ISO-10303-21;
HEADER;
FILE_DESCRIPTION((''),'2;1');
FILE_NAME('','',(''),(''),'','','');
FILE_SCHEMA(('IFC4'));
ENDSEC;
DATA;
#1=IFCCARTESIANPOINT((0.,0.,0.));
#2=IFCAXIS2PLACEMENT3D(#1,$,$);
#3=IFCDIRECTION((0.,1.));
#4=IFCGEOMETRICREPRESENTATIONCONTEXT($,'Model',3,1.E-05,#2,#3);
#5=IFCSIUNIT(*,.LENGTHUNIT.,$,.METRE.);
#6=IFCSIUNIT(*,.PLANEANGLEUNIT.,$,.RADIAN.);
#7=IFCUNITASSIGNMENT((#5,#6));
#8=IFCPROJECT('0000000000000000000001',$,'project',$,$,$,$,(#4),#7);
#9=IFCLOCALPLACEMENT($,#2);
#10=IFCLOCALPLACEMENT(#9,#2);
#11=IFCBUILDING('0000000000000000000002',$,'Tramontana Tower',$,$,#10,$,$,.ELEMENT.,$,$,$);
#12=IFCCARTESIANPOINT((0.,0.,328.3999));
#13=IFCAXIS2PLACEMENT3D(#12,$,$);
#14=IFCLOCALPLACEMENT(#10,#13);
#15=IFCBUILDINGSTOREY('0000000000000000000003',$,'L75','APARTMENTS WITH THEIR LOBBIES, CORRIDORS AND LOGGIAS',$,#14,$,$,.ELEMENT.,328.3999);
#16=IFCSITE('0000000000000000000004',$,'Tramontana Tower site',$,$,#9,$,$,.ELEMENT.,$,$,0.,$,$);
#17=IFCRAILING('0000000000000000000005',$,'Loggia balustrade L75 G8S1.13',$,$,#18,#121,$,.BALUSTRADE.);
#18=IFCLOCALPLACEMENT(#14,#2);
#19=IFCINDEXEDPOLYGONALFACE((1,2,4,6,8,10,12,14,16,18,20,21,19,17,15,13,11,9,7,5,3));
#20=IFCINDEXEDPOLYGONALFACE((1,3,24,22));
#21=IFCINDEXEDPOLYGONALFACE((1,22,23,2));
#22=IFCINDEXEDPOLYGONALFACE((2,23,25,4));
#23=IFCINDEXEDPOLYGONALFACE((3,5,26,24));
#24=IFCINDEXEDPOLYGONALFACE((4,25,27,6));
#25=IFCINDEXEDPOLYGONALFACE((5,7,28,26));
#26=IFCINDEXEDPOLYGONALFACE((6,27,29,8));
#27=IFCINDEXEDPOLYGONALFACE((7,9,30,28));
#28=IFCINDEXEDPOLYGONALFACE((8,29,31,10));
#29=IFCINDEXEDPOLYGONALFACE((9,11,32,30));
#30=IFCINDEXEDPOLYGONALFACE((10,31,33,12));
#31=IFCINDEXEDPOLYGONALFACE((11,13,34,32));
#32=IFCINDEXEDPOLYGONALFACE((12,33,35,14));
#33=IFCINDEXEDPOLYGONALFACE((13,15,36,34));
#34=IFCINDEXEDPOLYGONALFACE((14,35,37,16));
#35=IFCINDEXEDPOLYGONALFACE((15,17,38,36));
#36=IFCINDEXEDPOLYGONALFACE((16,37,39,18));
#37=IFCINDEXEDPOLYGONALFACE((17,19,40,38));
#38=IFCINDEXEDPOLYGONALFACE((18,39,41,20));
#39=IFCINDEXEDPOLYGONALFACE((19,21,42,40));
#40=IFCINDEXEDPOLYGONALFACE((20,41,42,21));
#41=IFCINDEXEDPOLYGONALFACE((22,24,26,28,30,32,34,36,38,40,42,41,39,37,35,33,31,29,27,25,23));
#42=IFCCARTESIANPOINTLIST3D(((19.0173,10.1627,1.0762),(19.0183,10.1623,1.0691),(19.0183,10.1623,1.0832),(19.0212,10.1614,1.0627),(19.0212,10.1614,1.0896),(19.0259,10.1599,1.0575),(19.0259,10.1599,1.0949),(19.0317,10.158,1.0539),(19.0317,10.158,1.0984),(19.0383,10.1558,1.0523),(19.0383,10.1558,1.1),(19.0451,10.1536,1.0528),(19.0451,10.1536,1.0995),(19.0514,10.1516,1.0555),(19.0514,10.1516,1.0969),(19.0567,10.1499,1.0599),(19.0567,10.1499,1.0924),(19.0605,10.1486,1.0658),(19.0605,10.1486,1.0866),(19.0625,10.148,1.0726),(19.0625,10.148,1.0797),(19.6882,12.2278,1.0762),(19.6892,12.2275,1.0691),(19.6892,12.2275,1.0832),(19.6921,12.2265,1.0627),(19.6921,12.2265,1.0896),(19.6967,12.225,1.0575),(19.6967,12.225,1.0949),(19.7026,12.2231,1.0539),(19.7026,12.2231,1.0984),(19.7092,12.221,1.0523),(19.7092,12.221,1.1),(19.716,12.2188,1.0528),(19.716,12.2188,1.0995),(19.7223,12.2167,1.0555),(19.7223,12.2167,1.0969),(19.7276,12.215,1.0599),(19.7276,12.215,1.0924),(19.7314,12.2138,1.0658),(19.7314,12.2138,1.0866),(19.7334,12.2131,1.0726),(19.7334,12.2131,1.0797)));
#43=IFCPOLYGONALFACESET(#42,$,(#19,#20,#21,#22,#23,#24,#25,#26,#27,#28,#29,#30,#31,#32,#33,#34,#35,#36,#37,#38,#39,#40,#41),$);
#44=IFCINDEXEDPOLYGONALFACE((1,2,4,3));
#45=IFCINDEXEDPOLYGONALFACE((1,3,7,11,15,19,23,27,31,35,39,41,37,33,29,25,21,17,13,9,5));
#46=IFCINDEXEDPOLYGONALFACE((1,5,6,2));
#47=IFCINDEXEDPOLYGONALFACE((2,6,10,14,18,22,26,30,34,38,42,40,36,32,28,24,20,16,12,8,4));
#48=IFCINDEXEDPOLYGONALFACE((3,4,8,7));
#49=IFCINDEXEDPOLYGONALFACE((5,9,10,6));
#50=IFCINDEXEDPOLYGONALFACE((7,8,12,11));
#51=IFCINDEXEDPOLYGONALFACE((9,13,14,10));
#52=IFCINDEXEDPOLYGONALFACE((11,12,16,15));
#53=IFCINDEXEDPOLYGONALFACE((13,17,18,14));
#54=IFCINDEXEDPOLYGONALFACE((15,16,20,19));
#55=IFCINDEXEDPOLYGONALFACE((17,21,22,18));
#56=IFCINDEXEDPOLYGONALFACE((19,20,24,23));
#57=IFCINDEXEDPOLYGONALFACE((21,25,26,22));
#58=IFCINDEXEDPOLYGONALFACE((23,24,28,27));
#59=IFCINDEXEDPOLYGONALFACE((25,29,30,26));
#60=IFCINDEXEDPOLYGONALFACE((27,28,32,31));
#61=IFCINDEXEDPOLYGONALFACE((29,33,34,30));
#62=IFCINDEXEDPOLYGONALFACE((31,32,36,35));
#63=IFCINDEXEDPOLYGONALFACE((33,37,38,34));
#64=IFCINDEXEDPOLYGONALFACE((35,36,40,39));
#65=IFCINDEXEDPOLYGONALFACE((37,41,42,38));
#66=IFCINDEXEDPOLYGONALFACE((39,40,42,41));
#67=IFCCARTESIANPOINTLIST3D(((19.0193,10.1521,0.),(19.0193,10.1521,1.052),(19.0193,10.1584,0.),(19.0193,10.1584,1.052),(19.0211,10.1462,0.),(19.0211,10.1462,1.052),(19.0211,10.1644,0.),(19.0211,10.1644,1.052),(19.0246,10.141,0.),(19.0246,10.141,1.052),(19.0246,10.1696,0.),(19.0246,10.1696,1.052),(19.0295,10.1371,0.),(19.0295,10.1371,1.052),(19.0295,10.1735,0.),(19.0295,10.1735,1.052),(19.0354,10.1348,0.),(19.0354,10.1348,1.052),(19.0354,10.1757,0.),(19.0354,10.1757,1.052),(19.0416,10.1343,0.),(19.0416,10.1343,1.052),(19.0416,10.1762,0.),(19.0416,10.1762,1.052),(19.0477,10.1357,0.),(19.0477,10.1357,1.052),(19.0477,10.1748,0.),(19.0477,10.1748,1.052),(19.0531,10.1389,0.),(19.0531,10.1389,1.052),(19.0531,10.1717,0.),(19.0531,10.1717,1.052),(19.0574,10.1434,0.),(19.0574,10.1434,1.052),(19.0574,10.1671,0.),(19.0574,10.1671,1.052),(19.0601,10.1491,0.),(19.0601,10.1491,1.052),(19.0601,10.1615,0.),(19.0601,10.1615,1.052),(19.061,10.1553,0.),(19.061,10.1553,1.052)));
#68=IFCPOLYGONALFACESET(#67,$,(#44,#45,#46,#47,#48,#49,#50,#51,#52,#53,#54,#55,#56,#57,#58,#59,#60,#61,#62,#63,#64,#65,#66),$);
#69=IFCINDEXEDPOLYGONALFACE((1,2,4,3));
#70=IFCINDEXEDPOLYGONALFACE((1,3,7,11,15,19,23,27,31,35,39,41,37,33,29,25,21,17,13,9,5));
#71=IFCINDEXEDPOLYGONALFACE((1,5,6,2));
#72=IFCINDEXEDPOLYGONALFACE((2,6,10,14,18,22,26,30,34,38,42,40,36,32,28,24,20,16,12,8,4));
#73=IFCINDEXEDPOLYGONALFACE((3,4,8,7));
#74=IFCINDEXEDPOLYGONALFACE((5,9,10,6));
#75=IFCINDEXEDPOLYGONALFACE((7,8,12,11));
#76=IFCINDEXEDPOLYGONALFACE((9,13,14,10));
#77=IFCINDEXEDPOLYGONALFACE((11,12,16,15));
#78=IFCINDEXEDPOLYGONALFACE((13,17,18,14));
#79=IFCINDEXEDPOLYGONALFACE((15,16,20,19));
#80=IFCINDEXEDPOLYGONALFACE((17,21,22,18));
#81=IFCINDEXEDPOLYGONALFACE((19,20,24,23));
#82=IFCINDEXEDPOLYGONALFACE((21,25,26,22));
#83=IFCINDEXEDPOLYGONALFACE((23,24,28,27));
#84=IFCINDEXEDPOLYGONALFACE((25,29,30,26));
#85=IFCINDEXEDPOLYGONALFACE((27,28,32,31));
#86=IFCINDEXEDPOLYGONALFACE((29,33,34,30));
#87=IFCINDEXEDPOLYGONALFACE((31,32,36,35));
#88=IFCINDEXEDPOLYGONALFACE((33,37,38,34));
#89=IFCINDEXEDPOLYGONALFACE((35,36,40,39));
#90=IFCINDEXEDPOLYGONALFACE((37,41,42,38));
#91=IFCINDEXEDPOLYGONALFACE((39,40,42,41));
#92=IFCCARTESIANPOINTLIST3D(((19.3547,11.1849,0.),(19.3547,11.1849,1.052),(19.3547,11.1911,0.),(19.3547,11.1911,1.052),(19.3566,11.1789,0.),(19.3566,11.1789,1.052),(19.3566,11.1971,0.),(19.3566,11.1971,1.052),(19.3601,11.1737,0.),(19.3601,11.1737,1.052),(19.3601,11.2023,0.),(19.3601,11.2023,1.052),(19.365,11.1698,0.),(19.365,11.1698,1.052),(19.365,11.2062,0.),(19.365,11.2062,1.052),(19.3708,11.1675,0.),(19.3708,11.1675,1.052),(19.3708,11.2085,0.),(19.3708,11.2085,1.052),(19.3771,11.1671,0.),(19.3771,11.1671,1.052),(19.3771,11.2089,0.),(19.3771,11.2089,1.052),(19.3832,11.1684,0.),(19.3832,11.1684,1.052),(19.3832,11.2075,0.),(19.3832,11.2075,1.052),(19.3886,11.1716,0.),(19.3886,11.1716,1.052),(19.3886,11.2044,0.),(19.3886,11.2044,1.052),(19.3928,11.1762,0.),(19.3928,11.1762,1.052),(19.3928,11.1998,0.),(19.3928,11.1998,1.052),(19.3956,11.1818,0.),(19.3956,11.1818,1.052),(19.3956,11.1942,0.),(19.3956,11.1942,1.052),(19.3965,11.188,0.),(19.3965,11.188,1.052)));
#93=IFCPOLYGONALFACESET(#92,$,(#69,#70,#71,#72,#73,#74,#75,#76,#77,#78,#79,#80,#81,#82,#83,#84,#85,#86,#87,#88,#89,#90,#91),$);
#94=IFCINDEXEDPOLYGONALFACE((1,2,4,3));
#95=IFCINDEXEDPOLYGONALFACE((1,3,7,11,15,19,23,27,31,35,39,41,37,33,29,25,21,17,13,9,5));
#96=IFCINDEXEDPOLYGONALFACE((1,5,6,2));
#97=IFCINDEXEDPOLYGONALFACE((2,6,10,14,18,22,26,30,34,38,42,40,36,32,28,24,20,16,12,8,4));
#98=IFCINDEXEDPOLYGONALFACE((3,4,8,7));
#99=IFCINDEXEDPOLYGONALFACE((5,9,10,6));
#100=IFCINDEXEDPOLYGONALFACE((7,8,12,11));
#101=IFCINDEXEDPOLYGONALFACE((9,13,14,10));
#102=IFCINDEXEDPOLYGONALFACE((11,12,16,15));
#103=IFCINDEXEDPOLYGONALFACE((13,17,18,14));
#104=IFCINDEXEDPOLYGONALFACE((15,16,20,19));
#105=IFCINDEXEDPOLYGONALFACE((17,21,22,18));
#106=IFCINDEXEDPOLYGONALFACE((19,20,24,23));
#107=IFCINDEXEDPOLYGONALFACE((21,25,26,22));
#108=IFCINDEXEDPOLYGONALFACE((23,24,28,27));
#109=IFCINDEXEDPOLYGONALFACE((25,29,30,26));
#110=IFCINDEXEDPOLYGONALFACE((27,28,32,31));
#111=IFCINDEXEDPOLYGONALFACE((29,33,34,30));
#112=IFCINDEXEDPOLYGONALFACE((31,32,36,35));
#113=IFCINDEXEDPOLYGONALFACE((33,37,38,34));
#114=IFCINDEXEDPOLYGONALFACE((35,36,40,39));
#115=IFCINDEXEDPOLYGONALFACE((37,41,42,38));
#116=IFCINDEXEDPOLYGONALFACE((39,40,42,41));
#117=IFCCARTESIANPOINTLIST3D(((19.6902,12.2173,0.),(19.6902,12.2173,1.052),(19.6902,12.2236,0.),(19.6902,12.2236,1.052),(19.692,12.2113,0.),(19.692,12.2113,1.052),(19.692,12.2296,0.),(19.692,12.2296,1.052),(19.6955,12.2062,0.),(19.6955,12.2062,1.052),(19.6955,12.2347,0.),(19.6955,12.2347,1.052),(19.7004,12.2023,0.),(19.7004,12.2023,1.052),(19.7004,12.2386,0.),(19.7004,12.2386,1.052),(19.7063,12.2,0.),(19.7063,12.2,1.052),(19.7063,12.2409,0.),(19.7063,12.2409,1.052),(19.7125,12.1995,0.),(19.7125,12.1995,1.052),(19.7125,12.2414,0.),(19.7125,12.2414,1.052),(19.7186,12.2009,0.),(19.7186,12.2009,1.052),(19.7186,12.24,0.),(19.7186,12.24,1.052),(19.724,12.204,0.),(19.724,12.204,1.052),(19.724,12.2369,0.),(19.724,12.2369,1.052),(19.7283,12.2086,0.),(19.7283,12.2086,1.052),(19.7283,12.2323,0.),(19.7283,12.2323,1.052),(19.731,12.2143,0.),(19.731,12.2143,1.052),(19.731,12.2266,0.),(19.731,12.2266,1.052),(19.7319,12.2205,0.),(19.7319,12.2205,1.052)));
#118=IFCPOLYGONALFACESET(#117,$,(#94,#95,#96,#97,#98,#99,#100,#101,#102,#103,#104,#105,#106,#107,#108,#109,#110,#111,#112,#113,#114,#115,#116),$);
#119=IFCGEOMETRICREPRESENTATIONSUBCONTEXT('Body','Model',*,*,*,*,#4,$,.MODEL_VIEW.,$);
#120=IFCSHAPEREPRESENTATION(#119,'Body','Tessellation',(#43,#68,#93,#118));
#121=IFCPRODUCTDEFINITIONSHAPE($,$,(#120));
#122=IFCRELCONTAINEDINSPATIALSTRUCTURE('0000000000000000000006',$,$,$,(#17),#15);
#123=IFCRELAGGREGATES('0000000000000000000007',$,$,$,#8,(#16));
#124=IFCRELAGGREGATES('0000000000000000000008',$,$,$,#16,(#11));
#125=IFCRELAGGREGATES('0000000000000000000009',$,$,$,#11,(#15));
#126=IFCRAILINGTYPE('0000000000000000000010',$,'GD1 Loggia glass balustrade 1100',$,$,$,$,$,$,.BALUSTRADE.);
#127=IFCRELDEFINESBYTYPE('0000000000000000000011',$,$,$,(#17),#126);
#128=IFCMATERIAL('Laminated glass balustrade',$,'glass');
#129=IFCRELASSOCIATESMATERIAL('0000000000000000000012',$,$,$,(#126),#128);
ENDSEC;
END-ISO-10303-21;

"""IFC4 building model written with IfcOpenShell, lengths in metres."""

from ifc_helpers import new_model, si_unit, direction, frame, origin, origin_2d, place, context, subcontext, project, spatial, circle, extrude, material, type_object, element, save


model = new_model("IFC4")

# Units and contexts
model_context = context("Model", 3, precision=1e-05, world=origin(), true_north=direction((0.0, 1.0)))
body_context = subcontext(model_context, "Body", "Model", "MODEL_VIEW")
ifc_project = project(units=[si_unit("LENGTHUNIT", "METRE"), si_unit("PLANEANGLEUNIT", "RADIAN")], contexts=[model_context])

# Site, building, storey
site_placement = place(None, origin())
site = spatial("IfcSite", under=ifc_project, at=site_placement, Name="Tramontana Tower site", CompositionType="ELEMENT", RefElevation=0.0)
building_placement = place(site_placement, origin())
building = spatial("IfcBuilding", under=site, at=building_placement, Name="Tramontana Tower", CompositionType="ELEMENT")
storey_placement = place(building_placement, frame((0.0, 0.0, 328.3999)))
storey = spatial("IfcBuildingStorey", under=building, at=storey_placement, Name="L75", Description="APARTMENTS WITH THEIR LOBBIES, CORRIDORS AND LOGGIAS", CompositionType="ELEMENT", Elevation=328.3999)

# Railing
ifc_material_1 = material(Name="Laminated glass balustrade", Category="glass")
railing_type = type_object("IfcRailingType", Name="GD1 Loggia glass balustrade 1100", PredefinedType="BALUSTRADE", material=ifc_material_1)
railing_1_placement = place(storey_placement, frame((19.04, 10.1553, 0.0)))
element("IfcRailing", 1, at=railing_1_placement, inside=storey, type_object=railing_type, Name="Loggia balustrade L75 G8S1.13", PredefinedType="BALUSTRADE", context=body_context, shape_type="SweptSolid", body=[
    extrude(circle(Radius=0.0239, at=origin_2d()), frame((0.0, 0.0, 1.0762), z_axis=(0.308967, 0.951073, 0.0), x_axis=(-0.951073, 0.308967, 0.0)), (0.0, 0.0, 1.0), 2.1714),
    extrude(circle(Radius=0.021, at=origin_2d()), origin(), (0.0, 0.0, 1.0), 1.052),
    extrude(circle(Radius=0.021, at=origin_2d()), frame((0.3354, 1.0327, 0.0)), (0.0, 0.0, 1.0), 1.052),
    extrude(circle(Radius=0.021, at=origin_2d()), frame((0.6709, 2.0652, 0.0)), (0.0, 0.0, 1.0), 1.052),
])

save(model, "model.ifc")
